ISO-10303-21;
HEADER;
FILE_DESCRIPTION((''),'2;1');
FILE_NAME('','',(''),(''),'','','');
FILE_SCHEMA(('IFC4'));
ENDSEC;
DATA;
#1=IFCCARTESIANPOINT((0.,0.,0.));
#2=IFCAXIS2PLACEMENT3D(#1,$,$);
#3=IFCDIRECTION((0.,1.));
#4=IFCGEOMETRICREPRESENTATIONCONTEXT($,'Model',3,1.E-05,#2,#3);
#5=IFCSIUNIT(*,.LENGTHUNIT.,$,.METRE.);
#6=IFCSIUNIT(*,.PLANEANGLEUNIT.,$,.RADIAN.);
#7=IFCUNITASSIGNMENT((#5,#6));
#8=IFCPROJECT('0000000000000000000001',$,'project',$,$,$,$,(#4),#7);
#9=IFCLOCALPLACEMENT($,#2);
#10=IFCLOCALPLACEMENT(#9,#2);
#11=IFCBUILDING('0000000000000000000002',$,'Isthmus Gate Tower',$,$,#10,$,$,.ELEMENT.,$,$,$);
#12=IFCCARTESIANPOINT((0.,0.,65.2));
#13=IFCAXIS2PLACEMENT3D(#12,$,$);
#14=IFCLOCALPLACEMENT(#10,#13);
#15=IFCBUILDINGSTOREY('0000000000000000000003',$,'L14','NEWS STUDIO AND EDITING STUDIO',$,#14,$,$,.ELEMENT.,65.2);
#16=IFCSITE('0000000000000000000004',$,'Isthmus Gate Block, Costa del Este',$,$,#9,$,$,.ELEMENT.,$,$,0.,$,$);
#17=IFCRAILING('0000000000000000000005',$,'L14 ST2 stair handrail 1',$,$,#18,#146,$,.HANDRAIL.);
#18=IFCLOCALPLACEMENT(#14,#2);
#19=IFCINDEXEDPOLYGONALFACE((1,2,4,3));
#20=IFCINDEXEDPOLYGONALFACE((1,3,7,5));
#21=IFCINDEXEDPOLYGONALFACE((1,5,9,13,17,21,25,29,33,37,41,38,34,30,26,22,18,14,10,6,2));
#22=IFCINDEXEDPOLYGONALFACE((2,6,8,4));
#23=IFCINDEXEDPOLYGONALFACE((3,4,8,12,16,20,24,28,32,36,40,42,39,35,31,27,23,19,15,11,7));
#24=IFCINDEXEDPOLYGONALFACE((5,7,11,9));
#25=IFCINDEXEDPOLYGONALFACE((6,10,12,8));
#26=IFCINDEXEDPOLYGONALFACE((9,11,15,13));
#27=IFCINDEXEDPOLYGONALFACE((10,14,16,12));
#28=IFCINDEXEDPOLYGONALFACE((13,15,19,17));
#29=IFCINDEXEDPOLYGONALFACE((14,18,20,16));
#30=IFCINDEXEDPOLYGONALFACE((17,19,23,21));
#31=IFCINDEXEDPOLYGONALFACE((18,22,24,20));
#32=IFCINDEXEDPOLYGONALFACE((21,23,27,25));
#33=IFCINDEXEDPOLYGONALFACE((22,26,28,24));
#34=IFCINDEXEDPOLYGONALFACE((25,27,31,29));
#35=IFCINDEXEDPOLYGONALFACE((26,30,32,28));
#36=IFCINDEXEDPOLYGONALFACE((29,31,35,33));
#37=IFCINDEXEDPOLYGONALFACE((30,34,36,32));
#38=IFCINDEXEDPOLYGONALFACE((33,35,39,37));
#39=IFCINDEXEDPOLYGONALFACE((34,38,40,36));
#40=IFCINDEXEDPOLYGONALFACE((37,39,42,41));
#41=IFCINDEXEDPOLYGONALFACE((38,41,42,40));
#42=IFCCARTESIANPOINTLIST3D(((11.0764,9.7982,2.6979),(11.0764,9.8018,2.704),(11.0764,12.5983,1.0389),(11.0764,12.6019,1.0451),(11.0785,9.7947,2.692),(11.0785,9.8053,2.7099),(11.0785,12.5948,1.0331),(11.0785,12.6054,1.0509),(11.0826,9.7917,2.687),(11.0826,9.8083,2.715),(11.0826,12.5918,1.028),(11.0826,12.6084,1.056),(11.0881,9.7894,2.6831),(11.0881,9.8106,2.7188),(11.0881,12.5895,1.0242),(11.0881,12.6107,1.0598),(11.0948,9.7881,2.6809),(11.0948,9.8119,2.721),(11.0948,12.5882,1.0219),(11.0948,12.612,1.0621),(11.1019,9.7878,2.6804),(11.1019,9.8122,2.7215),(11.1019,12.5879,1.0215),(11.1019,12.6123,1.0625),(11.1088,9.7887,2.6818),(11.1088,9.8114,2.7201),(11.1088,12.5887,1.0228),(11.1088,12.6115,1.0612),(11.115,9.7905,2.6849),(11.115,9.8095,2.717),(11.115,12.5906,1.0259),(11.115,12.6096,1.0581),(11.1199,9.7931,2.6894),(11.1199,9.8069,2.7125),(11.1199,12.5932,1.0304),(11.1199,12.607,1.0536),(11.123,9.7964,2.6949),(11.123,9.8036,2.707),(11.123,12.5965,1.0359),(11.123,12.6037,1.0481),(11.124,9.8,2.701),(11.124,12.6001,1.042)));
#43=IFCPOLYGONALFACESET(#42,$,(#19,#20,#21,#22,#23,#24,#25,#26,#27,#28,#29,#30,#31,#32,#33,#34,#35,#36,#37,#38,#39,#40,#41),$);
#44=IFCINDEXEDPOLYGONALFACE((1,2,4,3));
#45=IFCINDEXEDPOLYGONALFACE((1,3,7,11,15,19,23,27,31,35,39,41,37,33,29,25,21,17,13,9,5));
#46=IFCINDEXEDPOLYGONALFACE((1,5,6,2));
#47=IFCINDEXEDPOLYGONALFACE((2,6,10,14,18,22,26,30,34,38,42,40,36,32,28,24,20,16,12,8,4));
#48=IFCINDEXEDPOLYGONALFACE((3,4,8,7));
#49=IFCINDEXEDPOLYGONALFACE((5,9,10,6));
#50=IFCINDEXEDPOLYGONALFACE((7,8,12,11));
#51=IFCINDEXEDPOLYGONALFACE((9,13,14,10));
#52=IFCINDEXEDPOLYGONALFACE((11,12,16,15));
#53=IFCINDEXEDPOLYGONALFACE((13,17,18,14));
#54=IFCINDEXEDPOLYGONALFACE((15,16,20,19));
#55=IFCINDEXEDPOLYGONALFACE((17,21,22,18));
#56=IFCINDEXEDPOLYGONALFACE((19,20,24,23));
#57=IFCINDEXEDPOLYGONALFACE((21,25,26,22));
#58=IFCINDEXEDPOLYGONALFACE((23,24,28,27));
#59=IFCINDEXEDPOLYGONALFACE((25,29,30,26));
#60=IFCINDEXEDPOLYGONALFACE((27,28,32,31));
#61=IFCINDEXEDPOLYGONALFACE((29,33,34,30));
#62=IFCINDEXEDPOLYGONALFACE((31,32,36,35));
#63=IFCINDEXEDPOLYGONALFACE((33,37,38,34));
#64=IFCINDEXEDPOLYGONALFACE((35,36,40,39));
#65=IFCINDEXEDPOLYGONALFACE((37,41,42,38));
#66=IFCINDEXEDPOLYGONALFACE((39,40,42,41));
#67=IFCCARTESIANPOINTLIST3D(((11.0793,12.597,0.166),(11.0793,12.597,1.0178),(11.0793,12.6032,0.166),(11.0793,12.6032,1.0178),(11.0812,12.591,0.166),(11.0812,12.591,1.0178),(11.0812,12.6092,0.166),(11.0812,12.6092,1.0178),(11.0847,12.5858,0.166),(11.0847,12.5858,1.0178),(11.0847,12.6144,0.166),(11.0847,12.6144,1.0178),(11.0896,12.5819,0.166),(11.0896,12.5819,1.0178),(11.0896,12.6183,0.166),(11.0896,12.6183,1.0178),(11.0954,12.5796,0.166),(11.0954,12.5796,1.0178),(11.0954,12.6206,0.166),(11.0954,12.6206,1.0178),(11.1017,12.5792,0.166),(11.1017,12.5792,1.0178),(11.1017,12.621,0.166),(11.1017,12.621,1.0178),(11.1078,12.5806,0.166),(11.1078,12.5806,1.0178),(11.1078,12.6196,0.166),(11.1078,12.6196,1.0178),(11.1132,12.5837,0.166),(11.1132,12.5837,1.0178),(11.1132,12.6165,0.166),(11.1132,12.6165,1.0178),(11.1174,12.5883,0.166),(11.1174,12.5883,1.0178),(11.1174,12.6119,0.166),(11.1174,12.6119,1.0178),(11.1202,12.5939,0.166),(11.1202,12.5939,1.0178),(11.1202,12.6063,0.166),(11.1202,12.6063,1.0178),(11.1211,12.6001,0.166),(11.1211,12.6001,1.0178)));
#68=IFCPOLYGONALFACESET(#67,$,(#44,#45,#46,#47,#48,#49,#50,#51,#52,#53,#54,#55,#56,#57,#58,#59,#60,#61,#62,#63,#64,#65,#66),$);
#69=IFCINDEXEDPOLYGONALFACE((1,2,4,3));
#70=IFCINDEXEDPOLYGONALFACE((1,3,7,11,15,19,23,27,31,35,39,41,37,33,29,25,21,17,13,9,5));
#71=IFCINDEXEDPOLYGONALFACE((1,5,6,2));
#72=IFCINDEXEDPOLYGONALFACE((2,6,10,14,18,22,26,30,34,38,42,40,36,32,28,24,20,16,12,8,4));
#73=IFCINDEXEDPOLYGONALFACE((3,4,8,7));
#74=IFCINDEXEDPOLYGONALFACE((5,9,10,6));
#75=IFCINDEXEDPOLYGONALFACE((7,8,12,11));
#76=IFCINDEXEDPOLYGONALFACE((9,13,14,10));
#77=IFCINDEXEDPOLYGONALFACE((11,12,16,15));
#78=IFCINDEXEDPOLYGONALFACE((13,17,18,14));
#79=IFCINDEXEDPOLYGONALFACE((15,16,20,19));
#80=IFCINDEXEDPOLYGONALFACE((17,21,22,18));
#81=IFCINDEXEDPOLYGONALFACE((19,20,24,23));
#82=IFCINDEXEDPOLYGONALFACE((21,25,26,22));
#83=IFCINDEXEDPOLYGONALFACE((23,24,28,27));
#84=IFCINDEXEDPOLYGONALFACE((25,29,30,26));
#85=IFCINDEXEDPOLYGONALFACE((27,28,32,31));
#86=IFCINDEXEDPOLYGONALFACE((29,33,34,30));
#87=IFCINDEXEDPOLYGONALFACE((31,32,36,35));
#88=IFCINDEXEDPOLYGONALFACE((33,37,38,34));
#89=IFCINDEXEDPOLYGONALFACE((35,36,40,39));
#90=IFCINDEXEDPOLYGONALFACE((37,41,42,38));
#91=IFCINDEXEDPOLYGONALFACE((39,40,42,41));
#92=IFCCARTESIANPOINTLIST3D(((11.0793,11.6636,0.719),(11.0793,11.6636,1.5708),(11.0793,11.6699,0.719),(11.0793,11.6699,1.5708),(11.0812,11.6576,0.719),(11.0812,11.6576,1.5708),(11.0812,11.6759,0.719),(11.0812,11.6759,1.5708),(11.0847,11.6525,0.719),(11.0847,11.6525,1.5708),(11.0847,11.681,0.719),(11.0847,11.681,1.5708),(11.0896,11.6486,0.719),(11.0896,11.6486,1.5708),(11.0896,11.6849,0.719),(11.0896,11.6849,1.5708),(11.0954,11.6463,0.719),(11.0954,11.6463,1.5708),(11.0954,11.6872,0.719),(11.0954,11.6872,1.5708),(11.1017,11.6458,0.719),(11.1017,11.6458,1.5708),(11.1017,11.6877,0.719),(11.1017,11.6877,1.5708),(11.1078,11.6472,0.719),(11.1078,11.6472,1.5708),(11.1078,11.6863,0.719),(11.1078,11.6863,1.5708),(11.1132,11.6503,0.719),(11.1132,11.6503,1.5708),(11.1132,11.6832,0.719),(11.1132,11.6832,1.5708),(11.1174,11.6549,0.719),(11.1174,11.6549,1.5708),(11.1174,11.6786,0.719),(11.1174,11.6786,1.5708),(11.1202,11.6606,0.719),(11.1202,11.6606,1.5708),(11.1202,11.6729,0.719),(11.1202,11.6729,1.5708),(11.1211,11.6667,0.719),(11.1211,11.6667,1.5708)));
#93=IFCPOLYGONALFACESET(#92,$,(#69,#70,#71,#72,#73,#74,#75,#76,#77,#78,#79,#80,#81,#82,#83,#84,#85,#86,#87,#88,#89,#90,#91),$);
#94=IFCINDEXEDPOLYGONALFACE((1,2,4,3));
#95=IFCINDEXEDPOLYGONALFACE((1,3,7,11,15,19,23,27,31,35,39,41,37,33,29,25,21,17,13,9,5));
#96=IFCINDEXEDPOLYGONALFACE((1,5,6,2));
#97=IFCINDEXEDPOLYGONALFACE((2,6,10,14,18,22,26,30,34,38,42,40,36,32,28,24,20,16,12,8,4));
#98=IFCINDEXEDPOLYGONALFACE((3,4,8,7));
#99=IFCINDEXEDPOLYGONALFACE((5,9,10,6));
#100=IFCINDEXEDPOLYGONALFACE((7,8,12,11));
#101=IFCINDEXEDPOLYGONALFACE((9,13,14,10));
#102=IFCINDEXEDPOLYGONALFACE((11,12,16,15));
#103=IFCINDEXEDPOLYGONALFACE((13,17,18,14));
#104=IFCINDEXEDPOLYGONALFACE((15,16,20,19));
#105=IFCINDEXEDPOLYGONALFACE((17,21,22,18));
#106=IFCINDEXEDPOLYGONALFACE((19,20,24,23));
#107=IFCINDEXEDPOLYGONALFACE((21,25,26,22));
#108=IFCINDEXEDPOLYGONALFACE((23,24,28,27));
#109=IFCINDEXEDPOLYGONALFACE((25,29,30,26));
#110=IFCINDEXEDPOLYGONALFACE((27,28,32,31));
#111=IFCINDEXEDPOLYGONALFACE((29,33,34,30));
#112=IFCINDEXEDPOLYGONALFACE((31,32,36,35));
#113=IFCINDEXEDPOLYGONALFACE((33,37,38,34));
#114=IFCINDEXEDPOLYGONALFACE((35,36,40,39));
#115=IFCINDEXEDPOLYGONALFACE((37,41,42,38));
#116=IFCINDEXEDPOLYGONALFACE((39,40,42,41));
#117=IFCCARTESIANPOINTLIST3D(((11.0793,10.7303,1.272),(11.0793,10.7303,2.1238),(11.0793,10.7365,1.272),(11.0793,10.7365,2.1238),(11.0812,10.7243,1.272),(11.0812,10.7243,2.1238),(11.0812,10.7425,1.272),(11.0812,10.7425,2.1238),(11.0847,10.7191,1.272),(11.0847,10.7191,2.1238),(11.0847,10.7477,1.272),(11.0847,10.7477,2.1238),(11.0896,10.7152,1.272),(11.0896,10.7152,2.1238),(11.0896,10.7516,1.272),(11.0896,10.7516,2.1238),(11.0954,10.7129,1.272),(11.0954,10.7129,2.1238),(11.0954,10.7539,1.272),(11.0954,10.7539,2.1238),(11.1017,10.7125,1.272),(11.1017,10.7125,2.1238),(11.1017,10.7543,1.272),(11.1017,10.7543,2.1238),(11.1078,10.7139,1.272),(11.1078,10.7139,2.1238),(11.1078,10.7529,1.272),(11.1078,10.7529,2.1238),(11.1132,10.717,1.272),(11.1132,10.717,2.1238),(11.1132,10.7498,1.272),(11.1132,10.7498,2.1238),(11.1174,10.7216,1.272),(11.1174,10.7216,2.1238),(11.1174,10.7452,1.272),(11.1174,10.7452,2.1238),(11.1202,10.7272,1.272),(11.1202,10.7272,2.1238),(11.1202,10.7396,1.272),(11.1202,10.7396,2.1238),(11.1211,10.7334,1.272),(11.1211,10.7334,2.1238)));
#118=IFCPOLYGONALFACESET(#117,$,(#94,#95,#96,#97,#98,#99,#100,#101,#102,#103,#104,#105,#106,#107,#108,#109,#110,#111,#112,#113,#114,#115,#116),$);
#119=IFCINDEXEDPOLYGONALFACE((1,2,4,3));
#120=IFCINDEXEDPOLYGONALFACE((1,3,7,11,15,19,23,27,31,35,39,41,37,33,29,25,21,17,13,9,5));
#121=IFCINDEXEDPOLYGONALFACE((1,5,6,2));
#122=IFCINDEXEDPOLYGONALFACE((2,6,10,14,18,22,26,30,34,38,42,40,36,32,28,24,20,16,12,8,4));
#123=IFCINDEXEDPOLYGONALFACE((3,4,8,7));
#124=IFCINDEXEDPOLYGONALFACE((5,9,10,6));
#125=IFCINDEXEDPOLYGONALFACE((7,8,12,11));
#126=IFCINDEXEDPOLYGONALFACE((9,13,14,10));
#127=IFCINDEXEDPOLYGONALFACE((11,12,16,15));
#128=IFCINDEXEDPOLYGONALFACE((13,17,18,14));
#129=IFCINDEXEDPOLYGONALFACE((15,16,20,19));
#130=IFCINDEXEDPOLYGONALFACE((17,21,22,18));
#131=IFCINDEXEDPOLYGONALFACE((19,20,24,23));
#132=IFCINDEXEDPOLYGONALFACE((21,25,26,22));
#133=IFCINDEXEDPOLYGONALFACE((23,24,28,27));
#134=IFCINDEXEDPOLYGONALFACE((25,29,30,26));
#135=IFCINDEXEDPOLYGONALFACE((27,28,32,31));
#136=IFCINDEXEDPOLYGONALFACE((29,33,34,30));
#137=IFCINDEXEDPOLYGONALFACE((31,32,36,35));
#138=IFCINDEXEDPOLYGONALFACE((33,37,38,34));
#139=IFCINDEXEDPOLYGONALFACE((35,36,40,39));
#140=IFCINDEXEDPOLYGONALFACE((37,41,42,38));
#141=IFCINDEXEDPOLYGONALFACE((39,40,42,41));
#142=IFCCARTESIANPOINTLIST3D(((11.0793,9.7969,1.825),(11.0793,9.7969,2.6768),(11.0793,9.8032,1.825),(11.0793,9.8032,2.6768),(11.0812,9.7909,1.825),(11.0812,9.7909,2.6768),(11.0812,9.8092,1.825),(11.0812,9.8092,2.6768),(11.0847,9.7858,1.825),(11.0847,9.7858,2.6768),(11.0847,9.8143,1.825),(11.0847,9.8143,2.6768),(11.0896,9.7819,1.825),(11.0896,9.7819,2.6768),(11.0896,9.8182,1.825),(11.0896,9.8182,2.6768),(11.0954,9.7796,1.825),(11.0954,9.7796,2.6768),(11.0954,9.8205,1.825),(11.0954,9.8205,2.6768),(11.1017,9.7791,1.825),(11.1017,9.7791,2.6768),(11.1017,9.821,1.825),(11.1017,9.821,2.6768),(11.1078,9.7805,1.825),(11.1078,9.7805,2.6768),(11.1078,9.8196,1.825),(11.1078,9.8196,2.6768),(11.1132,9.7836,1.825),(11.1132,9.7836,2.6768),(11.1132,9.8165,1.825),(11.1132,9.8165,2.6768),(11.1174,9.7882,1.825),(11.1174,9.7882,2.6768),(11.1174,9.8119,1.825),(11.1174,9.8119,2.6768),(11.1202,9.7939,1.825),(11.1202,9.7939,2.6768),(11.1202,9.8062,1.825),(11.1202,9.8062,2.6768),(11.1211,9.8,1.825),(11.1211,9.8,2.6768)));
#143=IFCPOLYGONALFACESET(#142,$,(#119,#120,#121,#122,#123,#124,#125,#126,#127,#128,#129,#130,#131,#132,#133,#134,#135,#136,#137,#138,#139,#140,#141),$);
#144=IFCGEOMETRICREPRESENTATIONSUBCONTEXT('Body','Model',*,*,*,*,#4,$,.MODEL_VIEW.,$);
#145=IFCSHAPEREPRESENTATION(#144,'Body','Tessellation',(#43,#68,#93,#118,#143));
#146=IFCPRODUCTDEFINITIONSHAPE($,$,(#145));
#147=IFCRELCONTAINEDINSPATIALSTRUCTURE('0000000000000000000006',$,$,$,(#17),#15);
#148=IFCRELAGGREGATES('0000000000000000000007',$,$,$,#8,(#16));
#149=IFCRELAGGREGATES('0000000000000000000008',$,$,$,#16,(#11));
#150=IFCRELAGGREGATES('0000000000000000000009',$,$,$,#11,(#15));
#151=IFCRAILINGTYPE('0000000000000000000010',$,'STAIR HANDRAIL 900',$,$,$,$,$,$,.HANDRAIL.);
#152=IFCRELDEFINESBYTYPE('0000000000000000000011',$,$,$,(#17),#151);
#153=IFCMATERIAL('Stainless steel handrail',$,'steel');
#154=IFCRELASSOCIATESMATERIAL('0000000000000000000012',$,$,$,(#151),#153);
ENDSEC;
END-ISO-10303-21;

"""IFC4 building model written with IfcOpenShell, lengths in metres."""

from ifc_helpers import new_model, si_unit, direction, frame, origin, origin_2d, place, context, subcontext, project, spatial, circle, extrude, material, type_object, element, save


model = new_model("IFC4")

# Units and contexts
model_context = context("Model", 3, precision=1e-05, world=origin(), true_north=direction((0.0, 1.0)))
body_context = subcontext(model_context, "Body", "Model", "MODEL_VIEW")
ifc_project = project(units=[si_unit("LENGTHUNIT", "METRE"), si_unit("PLANEANGLEUNIT", "RADIAN")], contexts=[model_context])

# Site, building, storey
site_placement = place(None, origin())
site = spatial("IfcSite", under=ifc_project, at=site_placement, Name="Isthmus Gate Block, Costa del Este", CompositionType="ELEMENT", RefElevation=0.0)
building_placement = place(site_placement, origin())
building = spatial("IfcBuilding", under=site, at=building_placement, Name="Isthmus Gate Tower", CompositionType="ELEMENT")
storey_placement = place(building_placement, frame((0.0, 0.0, 65.2)))
storey = spatial("IfcBuildingStorey", under=building, at=storey_placement, Name="L14", Description="NEWS STUDIO AND EDITING STUDIO", CompositionType="ELEMENT", Elevation=65.2)

# Railing
ifc_material_1 = material(Name="Stainless steel handrail", Category="steel")
railing_type_1 = type_object("IfcRailingType", Name="STAIR HANDRAIL 900", PredefinedType="HANDRAIL", material=ifc_material_1)
railing_1_placement = place(storey_placement, frame((11.1001, 12.6001, 0.166)))
element("IfcRailing", 1, at=railing_1_placement, inside=storey, type_object=railing_type_1, Name="L14 ST2 stair handrail 1", PredefinedType="HANDRAIL", context=body_context, shape_type="SweptSolid", body=[
    extrude(circle(Radius=0.0239, at=origin_2d()), frame((0.0, 0.0, 0.876), z_axis=(0.0, -0.860339, 0.509722), x_axis=(1.0, 0.0, 0.0)), (0.0, 0.0, 1.0), 3.2546),
    extrude(circle(Radius=0.021, at=origin_2d()), origin(), (0.0, 0.0, 1.0), 0.8518),
    extrude(circle(Radius=0.021, at=origin_2d()), frame((0.0, -0.9333, 0.553)), (0.0, 0.0, 1.0), 0.8518),
    extrude(circle(Radius=0.021, at=origin_2d()), frame((0.0, -1.8667, 1.106)), (0.0, 0.0, 1.0), 0.8518),
    extrude(circle(Radius=0.021, at=origin_2d()), frame((0.0, -2.8, 1.6589)), (0.0, 0.0, 1.0), 0.8518),
])

save(model, "model.ifc")
